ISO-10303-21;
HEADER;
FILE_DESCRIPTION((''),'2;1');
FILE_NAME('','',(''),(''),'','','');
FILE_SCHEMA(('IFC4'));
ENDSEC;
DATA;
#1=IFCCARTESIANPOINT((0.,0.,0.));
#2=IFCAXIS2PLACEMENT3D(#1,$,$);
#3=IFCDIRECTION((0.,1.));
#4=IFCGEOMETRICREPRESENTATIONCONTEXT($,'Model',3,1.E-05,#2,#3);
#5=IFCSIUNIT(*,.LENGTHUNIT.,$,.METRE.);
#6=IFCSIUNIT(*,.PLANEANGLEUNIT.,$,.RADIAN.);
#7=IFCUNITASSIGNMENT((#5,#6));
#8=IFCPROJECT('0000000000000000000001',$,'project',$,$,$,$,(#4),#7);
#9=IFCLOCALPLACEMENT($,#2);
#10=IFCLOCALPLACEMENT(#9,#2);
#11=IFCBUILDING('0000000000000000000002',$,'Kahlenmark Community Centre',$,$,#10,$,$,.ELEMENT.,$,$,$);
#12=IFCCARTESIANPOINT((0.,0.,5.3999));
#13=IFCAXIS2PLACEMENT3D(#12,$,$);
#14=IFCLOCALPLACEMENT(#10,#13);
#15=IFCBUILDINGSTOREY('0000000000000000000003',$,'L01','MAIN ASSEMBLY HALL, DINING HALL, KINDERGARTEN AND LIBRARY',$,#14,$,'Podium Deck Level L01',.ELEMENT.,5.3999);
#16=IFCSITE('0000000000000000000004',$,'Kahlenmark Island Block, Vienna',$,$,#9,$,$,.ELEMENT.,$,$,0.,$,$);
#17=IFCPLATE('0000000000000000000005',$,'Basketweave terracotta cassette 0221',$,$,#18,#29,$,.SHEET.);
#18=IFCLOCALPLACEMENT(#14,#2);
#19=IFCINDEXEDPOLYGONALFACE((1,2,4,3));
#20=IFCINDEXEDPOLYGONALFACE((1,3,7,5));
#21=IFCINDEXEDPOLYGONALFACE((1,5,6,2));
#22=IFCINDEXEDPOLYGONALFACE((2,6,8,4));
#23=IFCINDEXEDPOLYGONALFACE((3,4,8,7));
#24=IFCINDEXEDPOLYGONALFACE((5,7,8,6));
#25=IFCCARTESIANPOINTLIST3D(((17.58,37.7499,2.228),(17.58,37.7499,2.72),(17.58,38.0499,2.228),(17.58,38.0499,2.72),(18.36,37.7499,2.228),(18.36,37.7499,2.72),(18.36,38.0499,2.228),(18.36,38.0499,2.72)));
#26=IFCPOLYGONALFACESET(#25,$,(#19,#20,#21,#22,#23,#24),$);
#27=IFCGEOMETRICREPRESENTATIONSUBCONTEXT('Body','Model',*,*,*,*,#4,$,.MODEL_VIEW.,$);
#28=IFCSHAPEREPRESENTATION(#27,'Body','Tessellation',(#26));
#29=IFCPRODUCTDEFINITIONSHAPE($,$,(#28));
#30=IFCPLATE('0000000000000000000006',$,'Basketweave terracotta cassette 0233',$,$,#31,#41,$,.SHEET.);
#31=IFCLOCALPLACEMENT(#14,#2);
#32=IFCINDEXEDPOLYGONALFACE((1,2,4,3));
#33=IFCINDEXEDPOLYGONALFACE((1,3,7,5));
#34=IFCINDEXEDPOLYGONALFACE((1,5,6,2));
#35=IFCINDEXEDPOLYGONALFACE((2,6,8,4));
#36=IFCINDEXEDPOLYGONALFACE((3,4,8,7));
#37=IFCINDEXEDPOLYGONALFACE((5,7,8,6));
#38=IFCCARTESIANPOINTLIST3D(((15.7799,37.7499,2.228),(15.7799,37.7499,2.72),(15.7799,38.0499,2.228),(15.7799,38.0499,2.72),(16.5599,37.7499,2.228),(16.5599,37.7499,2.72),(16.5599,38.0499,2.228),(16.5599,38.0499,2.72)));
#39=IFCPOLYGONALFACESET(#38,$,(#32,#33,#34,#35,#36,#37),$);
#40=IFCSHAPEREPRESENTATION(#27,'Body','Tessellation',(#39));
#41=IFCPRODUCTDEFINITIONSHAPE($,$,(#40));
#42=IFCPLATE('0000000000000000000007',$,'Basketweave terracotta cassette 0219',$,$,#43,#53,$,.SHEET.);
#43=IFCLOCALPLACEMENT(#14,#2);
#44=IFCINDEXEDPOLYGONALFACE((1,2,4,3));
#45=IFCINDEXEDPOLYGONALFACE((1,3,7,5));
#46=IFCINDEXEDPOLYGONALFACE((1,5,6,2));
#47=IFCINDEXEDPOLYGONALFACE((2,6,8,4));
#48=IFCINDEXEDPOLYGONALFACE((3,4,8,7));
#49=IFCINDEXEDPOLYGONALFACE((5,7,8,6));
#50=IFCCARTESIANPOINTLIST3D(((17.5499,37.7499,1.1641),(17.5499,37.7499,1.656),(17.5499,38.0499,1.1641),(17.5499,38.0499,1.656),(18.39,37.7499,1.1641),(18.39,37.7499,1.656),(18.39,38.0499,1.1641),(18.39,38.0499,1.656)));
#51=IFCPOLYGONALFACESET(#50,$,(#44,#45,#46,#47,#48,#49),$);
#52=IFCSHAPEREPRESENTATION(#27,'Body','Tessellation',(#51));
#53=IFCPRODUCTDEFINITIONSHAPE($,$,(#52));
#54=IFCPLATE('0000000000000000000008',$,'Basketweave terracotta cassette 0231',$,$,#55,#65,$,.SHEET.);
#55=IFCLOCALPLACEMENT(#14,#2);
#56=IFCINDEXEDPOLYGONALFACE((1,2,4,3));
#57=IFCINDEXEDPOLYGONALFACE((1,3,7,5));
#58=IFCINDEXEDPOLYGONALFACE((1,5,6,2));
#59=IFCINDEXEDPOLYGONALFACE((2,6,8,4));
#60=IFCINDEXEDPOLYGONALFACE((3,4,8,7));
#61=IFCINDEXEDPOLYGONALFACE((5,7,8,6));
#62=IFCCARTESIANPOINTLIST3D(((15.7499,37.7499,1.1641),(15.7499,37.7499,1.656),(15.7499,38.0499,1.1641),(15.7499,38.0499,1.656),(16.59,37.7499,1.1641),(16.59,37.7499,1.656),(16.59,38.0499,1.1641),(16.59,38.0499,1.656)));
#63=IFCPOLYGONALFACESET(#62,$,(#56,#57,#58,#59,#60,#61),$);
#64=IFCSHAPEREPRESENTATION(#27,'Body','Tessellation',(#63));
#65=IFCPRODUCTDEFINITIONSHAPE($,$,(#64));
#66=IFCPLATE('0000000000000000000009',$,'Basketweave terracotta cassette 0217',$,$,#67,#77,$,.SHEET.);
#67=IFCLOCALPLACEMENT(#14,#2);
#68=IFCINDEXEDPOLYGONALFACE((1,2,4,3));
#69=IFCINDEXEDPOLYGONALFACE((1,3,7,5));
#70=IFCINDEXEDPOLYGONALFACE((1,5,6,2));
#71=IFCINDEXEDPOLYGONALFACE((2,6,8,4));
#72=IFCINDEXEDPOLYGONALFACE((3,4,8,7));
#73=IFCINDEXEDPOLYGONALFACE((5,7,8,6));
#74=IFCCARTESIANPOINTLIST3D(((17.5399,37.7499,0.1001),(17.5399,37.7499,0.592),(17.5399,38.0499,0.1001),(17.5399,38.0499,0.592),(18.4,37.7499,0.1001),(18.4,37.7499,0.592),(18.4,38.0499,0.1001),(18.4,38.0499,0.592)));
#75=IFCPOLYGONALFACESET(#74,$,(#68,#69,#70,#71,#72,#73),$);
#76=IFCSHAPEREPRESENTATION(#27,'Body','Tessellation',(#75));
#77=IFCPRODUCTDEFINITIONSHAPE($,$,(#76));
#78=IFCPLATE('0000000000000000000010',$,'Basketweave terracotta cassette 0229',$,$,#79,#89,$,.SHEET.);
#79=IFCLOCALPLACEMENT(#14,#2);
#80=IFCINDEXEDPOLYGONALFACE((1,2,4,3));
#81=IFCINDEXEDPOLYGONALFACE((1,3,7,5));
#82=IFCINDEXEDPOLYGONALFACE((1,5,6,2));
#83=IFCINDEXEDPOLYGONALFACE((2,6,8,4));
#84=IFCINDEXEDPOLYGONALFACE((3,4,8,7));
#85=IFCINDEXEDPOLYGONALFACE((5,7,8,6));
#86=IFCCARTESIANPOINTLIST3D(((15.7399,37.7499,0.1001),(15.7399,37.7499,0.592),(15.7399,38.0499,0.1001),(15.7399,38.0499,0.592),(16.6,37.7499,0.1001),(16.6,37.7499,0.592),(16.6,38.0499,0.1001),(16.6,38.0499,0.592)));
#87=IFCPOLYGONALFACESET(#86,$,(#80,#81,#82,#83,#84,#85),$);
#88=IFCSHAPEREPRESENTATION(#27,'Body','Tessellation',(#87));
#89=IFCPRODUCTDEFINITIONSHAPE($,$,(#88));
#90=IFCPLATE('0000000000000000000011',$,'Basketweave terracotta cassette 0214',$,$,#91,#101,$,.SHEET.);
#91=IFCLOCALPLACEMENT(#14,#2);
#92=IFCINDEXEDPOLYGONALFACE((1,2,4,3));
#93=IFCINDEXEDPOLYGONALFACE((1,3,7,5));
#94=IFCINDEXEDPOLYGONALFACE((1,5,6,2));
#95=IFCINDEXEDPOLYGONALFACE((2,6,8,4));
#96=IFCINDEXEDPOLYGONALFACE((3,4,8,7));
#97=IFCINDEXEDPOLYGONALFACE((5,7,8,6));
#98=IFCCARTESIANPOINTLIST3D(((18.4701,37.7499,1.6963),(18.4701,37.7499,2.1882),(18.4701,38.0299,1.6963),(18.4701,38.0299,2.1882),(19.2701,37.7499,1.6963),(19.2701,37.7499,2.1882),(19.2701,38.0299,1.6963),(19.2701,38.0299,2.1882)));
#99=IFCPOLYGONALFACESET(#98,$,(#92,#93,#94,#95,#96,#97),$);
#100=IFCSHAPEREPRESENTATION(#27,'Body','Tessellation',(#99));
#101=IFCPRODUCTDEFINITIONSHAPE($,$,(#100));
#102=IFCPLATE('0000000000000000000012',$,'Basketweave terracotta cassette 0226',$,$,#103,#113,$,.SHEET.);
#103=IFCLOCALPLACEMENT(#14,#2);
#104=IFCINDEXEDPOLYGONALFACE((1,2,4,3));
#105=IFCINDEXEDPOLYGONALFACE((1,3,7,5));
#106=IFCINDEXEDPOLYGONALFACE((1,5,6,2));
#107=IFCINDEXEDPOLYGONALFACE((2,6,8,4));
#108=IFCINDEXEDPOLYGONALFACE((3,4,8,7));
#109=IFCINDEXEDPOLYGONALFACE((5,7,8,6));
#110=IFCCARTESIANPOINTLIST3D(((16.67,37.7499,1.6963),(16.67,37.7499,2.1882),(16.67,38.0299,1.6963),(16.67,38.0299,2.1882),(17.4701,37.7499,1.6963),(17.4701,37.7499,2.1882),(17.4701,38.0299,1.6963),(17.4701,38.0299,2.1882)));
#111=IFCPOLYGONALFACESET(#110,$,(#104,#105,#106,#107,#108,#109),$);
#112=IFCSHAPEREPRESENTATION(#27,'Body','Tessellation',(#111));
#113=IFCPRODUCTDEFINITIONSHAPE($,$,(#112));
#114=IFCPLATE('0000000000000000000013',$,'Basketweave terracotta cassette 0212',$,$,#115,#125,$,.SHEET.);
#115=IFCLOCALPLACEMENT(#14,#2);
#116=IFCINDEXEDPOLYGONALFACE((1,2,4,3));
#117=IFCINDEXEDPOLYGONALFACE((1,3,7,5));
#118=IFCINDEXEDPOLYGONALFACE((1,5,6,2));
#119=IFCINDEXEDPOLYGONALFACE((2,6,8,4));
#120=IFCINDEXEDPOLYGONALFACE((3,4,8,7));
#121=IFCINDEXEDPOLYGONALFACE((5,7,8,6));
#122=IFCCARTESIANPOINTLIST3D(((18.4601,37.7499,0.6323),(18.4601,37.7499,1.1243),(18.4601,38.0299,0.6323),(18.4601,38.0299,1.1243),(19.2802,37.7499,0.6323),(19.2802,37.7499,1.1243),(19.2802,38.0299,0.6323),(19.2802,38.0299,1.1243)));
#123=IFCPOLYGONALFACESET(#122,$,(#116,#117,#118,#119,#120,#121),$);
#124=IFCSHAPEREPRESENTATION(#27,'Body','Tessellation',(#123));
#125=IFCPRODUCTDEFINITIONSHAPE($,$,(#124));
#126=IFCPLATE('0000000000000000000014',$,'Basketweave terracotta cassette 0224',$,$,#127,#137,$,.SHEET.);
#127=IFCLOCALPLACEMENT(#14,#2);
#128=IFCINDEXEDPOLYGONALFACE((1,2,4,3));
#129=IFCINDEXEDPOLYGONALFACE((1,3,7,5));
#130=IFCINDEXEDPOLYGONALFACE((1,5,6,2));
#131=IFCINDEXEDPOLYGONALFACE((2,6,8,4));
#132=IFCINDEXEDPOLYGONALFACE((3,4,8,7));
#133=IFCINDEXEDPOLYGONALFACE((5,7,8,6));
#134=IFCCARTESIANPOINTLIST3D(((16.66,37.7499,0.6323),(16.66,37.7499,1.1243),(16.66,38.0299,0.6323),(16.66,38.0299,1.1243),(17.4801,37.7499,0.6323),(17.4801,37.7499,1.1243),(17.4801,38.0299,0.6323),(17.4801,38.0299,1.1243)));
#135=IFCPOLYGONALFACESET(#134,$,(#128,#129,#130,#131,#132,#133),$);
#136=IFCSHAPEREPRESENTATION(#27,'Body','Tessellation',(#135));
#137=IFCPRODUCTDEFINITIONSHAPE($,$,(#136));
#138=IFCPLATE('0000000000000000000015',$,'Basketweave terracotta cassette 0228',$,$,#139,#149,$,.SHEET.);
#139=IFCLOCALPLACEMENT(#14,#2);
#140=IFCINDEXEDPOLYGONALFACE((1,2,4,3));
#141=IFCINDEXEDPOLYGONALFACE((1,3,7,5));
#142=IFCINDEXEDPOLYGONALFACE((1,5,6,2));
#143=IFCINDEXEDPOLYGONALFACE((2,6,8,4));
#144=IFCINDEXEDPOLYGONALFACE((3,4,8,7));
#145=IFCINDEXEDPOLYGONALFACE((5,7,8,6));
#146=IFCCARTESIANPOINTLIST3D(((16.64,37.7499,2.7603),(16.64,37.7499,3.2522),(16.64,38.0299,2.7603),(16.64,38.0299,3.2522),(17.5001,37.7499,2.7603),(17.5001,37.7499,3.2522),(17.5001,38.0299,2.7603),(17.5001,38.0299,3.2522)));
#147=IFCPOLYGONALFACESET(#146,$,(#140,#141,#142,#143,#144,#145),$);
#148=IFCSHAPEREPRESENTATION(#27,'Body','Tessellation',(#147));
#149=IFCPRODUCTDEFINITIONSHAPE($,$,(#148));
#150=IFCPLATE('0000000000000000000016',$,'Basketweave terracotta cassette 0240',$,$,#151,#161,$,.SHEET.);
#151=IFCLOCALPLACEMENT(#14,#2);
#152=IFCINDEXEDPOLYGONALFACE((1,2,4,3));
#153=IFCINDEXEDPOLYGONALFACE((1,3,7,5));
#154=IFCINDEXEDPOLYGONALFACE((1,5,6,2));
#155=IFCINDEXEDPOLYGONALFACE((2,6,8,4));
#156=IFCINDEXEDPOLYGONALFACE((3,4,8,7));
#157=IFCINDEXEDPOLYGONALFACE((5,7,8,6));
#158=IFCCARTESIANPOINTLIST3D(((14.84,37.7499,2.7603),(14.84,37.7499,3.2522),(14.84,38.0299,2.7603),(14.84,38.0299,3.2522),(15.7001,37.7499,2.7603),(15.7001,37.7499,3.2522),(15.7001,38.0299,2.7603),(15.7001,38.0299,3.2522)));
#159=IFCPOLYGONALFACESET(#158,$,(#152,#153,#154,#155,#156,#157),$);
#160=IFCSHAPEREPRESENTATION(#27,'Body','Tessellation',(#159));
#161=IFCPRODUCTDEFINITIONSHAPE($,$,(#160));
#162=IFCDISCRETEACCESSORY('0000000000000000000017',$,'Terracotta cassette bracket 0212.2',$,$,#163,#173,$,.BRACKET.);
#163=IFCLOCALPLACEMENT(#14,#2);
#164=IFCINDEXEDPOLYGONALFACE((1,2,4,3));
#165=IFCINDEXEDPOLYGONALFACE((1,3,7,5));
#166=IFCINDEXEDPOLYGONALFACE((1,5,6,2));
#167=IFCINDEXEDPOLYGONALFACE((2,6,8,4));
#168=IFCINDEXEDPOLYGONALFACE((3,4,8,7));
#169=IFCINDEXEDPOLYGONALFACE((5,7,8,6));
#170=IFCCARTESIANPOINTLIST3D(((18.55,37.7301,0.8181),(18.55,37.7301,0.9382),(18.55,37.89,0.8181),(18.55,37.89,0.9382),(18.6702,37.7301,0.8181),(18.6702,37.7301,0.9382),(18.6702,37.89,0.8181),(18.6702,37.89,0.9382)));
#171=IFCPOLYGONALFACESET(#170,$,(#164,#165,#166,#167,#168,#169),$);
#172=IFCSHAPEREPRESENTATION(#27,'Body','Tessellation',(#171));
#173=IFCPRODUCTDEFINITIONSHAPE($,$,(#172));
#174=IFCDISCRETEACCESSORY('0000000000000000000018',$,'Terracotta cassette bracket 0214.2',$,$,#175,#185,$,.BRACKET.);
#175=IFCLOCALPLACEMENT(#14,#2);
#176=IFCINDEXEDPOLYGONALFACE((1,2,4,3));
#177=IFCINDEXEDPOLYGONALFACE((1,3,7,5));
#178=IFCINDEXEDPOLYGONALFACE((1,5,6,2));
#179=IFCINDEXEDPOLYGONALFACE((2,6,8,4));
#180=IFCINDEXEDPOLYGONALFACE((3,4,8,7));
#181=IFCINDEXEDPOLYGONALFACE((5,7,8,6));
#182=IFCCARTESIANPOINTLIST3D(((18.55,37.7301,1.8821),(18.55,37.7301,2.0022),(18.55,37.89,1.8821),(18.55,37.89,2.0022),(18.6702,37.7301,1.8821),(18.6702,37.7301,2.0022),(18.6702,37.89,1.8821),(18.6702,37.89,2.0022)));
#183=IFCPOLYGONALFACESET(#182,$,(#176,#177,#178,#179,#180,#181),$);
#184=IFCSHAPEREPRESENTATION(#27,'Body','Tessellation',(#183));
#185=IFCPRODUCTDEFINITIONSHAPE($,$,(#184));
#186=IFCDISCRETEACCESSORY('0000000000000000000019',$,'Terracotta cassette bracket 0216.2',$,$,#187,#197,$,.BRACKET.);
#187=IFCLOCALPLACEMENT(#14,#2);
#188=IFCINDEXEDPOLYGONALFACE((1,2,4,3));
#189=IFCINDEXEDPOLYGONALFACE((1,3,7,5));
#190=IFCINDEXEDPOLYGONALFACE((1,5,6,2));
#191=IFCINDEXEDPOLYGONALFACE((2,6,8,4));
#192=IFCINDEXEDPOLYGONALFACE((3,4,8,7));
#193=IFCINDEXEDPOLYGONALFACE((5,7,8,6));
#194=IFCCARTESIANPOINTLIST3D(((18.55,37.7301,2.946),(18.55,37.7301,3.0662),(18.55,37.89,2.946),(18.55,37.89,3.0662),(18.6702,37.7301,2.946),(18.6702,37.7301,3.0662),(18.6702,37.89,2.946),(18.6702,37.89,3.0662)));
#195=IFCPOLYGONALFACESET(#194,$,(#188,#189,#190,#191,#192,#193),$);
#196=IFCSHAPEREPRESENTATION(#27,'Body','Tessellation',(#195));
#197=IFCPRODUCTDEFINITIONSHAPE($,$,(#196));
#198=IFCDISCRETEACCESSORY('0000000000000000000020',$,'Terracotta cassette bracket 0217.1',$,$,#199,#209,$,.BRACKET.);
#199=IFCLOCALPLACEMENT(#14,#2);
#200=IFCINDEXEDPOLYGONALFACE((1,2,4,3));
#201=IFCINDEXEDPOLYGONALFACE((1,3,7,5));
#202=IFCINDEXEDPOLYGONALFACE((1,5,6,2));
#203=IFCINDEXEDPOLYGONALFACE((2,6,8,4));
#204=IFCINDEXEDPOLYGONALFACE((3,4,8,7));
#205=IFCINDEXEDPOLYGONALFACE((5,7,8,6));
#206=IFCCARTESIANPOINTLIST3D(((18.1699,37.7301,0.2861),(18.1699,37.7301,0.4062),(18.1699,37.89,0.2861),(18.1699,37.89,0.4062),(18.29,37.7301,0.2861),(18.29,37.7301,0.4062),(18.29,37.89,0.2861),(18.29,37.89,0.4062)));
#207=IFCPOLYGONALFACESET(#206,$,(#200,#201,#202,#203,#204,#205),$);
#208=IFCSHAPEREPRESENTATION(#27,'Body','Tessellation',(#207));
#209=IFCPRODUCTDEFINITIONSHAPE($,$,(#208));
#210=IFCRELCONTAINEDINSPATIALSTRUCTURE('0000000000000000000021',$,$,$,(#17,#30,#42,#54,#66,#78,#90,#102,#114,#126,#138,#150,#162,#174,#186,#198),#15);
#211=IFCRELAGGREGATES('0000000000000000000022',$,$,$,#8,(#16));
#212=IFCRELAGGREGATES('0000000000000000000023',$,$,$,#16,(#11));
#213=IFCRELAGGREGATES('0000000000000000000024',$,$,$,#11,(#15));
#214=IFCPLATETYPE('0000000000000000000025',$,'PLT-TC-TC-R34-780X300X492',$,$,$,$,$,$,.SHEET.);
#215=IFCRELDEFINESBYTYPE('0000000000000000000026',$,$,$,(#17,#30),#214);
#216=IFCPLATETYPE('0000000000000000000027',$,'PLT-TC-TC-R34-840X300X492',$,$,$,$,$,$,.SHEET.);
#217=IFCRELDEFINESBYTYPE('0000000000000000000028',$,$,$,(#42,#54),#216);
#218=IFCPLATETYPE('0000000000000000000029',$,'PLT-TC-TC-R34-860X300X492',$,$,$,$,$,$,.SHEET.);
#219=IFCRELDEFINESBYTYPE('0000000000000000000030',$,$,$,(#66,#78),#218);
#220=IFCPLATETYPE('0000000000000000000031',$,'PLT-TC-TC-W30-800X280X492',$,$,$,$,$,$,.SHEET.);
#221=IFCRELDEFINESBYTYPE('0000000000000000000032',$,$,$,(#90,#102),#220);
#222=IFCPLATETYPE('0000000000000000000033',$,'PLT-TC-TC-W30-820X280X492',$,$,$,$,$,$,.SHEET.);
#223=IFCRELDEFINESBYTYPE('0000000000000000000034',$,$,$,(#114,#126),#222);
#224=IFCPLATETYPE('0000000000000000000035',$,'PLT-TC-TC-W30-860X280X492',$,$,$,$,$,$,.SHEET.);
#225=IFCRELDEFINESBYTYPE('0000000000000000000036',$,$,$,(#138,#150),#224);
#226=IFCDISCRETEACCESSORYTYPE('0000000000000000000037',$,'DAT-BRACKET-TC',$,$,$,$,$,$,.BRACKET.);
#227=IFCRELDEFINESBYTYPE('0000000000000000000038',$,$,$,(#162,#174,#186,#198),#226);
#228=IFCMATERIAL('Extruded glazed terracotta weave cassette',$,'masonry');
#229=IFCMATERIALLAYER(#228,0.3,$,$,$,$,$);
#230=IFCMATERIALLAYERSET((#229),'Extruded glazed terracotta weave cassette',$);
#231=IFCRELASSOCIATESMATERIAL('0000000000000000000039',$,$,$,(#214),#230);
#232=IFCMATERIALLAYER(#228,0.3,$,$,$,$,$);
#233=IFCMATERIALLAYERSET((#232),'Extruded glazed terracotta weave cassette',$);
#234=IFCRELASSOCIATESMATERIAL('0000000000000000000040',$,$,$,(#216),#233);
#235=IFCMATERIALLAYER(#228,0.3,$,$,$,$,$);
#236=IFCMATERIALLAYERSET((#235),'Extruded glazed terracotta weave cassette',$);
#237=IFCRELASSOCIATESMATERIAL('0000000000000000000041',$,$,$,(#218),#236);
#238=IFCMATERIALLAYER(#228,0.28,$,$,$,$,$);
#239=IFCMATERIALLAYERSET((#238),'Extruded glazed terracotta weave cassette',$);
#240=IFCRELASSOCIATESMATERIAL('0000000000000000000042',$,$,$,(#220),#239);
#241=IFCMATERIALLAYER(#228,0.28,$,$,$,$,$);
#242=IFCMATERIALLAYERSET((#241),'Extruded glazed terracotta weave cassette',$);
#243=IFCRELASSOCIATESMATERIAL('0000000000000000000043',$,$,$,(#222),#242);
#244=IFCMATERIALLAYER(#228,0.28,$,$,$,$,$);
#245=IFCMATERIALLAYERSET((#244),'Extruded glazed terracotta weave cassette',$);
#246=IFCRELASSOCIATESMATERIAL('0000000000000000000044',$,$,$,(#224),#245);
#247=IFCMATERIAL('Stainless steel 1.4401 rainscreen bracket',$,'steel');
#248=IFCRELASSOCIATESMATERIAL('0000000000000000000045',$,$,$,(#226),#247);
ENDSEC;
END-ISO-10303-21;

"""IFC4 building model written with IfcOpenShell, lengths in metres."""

from ifc_helpers import new_model, si_unit, direction, frame, origin, origin_2d, place, context, subcontext, project, spatial, rectangle, extrude, material, layer, layer_set, type_object, element, save


model = new_model("IFC4")

# Units and contexts
model_context = context("Model", 3, precision=1e-05, world=origin(), true_north=direction((0.0, 1.0)))
body_context = subcontext(model_context, "Body", "Model", "MODEL_VIEW")
ifc_project = project(units=[si_unit("LENGTHUNIT", "METRE"), si_unit("PLANEANGLEUNIT", "RADIAN")], contexts=[model_context])

# Site, building, storey
site_placement = place(None, origin())
site = spatial("IfcSite", under=ifc_project, at=site_placement, Name="Kahlenmark Island Block, Vienna", CompositionType="ELEMENT", RefElevation=0.0)
building_placement = place(site_placement, origin())
building = spatial("IfcBuilding", under=site, at=building_placement, Name="Kahlenmark Community Centre", CompositionType="ELEMENT")
storey_placement = place(building_placement, frame((0.0, 0.0, 5.3999)))
storey = spatial("IfcBuildingStorey", under=building, at=storey_placement, Name="L01", Description="MAIN ASSEMBLY HALL, DINING HALL, KINDERGARTEN AND LIBRARY", LongName="Podium Deck Level L01", CompositionType="ELEMENT", Elevation=5.3999)

# Plates
ifc_material_1 = material(Name="Extruded glazed terracotta weave cassette", Category="masonry")
ifc_layer_1 = layer(ifc_material_1, 0.3)
ifc_layer_set_1 = layer_set([ifc_layer_1], Name="Extruded glazed terracotta weave cassette")
plate_type_1 = type_object("IfcPlateType", Name="PLT-TC-TC-R34-780X300X492", PredefinedType="SHEET", material=ifc_layer_set_1)
for number, where, z_axis, x_axis, name in (
    (1, (17.97, 37.8999, 2.228), (0.0, 0.0, 1.0), (-1.0, 0.0, 0.0), "Basketweave terracotta cassette 0221"),
    (2, (16.1699, 37.8999, 2.228), (0.0, 0.0, 1.0), (-1.0, 0.0, 0.0), "Basketweave terracotta cassette 0233"),
):
    element("IfcPlate", number, at=place(storey_placement, frame(where, z_axis=z_axis, x_axis=x_axis)), inside=storey, type_object=plate_type_1, Name=name, PredefinedType="SHEET", context=body_context, shape_type="SweptSolid", body=[
        extrude(rectangle(XDim=0.78, YDim=0.3, at=origin_2d()), origin(), (0.0, 0.0, 1.0), 0.4919),
    ])
ifc_layer_2 = layer(ifc_material_1, 0.3)
ifc_layer_set_2 = layer_set([ifc_layer_2], Name="Extruded glazed terracotta weave cassette")
plate_type_2 = type_object("IfcPlateType", Name="PLT-TC-TC-R34-840X300X492", PredefinedType="SHEET", material=ifc_layer_set_2)
for number, where, z_axis, x_axis, name in (
    (3, (17.97, 37.8999, 1.1641), (0.0, 0.0, 1.0), (-1.0, 0.0, 0.0), "Basketweave terracotta cassette 0219"),
    (4, (16.1699, 37.8999, 1.1641), (0.0, 0.0, 1.0), (-1.0, 0.0, 0.0), "Basketweave terracotta cassette 0231"),
):
    element("IfcPlate", number, at=place(storey_placement, frame(where, z_axis=z_axis, x_axis=x_axis)), inside=storey, type_object=plate_type_2, Name=name, PredefinedType="SHEET", context=body_context, shape_type="SweptSolid", body=[
        extrude(rectangle(XDim=0.8401, YDim=0.3, at=origin_2d()), origin(), (0.0, 0.0, 1.0), 0.4919),
    ])
ifc_layer_3 = layer(ifc_material_1, 0.3)
ifc_layer_set_3 = layer_set([ifc_layer_3], Name="Extruded glazed terracotta weave cassette")
plate_type_3 = type_object("IfcPlateType", Name="PLT-TC-TC-R34-860X300X492", PredefinedType="SHEET", material=ifc_layer_set_3)
for number, where, z_axis, x_axis, name in (
    (5, (17.97, 37.8999, 0.1001), (0.0, 0.0, 1.0), (-1.0, 0.0, 0.0), "Basketweave terracotta cassette 0217"),
    (6, (16.1699, 37.8999, 0.1001), (0.0, 0.0, 1.0), (-1.0, 0.0, 0.0), "Basketweave terracotta cassette 0229"),
):
    element("IfcPlate", number, at=place(storey_placement, frame(where, z_axis=z_axis, x_axis=x_axis)), inside=storey, type_object=plate_type_3, Name=name, PredefinedType="SHEET", context=body_context, shape_type="SweptSolid", body=[
        extrude(rectangle(XDim=0.8601, YDim=0.3, at=origin_2d()), origin(), (0.0, 0.0, 1.0), 0.4919),
    ])
ifc_layer_4 = layer(ifc_material_1, 0.28)
ifc_layer_set_4 = layer_set([ifc_layer_4], Name="Extruded glazed terracotta weave cassette")
plate_type_4 = type_object("IfcPlateType", Name="PLT-TC-TC-W30-800X280X492", PredefinedType="SHEET", material=ifc_layer_set_4)
for number, where, z_axis, x_axis, name in (
    (7, (18.8701, 37.8899, 1.6963), (0.0, 0.0, 1.0), (-1.0, 0.0, 0.0), "Basketweave terracotta cassette 0214"),
    (8, (17.0701, 37.8899, 1.6963), (0.0, 0.0, 1.0), (-1.0, 0.0, 0.0), "Basketweave terracotta cassette 0226"),
):
    element("IfcPlate", number, at=place(storey_placement, frame(where, z_axis=z_axis, x_axis=x_axis)), inside=storey, type_object=plate_type_4, Name=name, PredefinedType="SHEET", context=body_context, shape_type="SweptSolid", body=[
        extrude(rectangle(XDim=0.8, YDim=0.28, at=origin_2d()), origin(), (0.0, 0.0, 1.0), 0.4919),
    ])
ifc_layer_5 = layer(ifc_material_1, 0.28)
ifc_layer_set_5 = layer_set([ifc_layer_5], Name="Extruded glazed terracotta weave cassette")
plate_type_5 = type_object("IfcPlateType", Name="PLT-TC-TC-W30-820X280X492", PredefinedType="SHEET", material=ifc_layer_set_5)
for number, where, z_axis, x_axis, name in (
    (9, (18.8701, 37.8899, 0.6323), (0.0, 0.0, 1.0), (-1.0, 0.0, 0.0), "Basketweave terracotta cassette 0212"),
    (10, (17.0701, 37.8899, 0.6323), (0.0, 0.0, 1.0), (-1.0, 0.0, 0.0), "Basketweave terracotta cassette 0224"),
):
    element("IfcPlate", number, at=place(storey_placement, frame(where, z_axis=z_axis, x_axis=x_axis)), inside=storey, type_object=plate_type_5, Name=name, PredefinedType="SHEET", context=body_context, shape_type="SweptSolid", body=[
        extrude(rectangle(XDim=0.8201, YDim=0.28, at=origin_2d()), origin(), (0.0, 0.0, 1.0), 0.4919),
    ])
ifc_layer_6 = layer(ifc_material_1, 0.28)
ifc_layer_set_6 = layer_set([ifc_layer_6], Name="Extruded glazed terracotta weave cassette")
plate_type_6 = type_object("IfcPlateType", Name="PLT-TC-TC-W30-860X280X492", PredefinedType="SHEET", material=ifc_layer_set_6)
for number, where, z_axis, x_axis, name in (
    (11, (17.0701, 37.8899, 2.7603), (0.0, 0.0, 1.0), (-1.0, 0.0, 0.0), "Basketweave terracotta cassette 0228"),
    (12, (15.27, 37.8899, 2.7603), (0.0, 0.0, 1.0), (-1.0, 0.0, 0.0), "Basketweave terracotta cassette 0240"),
):
    element("IfcPlate", number, at=place(storey_placement, frame(where, z_axis=z_axis, x_axis=x_axis)), inside=storey, type_object=plate_type_6, Name=name, PredefinedType="SHEET", context=body_context, shape_type="SweptSolid", body=[
        extrude(rectangle(XDim=0.8601, YDim=0.28, at=origin_2d()), origin(), (0.0, 0.0, 1.0), 0.4919),
    ])

# Discrete accessories
ifc_material_2 = material(Name="Stainless steel 1.4401 rainscreen bracket", Category="steel")
discrete_accessory_type = type_object("IfcDiscreteAccessoryType", Name="DAT-BRACKET-TC", PredefinedType="BRACKET", material=ifc_material_2)
for number, where, z_axis, x_axis, name in (
    (13, (18.6101, 37.8101, 0.8181), (0.0, 0.0, 1.0), (-1.0, 0.0, 0.0), "Terracotta cassette bracket 0212.2"),
    (14, (18.6101, 37.8101, 1.8821), (0.0, 0.0, 1.0), (-1.0, 0.0, 0.0), "Terracotta cassette bracket 0214.2"),
    (15, (18.6101, 37.8101, 2.946), (0.0, 0.0, 1.0), (-1.0, 0.0, 0.0), "Terracotta cassette bracket 0216.2"),
    (16, (18.23, 37.8101, 0.2861), (0.0, 0.0, 1.0), (-1.0, 0.0, 0.0), "Terracotta cassette bracket 0217.1"),
):
    element("IfcDiscreteAccessory", number, at=place(storey_placement, frame(where, z_axis=z_axis, x_axis=x_axis)), inside=storey, type_object=discrete_accessory_type, Name=name, PredefinedType="BRACKET", context=body_context, shape_type="SweptSolid", body=[
        extrude(rectangle(XDim=0.1201, YDim=0.1599, at=origin_2d()), origin(), (0.0, 0.0, 1.0), 0.1201),
    ])

save(model, "model.ifc")
